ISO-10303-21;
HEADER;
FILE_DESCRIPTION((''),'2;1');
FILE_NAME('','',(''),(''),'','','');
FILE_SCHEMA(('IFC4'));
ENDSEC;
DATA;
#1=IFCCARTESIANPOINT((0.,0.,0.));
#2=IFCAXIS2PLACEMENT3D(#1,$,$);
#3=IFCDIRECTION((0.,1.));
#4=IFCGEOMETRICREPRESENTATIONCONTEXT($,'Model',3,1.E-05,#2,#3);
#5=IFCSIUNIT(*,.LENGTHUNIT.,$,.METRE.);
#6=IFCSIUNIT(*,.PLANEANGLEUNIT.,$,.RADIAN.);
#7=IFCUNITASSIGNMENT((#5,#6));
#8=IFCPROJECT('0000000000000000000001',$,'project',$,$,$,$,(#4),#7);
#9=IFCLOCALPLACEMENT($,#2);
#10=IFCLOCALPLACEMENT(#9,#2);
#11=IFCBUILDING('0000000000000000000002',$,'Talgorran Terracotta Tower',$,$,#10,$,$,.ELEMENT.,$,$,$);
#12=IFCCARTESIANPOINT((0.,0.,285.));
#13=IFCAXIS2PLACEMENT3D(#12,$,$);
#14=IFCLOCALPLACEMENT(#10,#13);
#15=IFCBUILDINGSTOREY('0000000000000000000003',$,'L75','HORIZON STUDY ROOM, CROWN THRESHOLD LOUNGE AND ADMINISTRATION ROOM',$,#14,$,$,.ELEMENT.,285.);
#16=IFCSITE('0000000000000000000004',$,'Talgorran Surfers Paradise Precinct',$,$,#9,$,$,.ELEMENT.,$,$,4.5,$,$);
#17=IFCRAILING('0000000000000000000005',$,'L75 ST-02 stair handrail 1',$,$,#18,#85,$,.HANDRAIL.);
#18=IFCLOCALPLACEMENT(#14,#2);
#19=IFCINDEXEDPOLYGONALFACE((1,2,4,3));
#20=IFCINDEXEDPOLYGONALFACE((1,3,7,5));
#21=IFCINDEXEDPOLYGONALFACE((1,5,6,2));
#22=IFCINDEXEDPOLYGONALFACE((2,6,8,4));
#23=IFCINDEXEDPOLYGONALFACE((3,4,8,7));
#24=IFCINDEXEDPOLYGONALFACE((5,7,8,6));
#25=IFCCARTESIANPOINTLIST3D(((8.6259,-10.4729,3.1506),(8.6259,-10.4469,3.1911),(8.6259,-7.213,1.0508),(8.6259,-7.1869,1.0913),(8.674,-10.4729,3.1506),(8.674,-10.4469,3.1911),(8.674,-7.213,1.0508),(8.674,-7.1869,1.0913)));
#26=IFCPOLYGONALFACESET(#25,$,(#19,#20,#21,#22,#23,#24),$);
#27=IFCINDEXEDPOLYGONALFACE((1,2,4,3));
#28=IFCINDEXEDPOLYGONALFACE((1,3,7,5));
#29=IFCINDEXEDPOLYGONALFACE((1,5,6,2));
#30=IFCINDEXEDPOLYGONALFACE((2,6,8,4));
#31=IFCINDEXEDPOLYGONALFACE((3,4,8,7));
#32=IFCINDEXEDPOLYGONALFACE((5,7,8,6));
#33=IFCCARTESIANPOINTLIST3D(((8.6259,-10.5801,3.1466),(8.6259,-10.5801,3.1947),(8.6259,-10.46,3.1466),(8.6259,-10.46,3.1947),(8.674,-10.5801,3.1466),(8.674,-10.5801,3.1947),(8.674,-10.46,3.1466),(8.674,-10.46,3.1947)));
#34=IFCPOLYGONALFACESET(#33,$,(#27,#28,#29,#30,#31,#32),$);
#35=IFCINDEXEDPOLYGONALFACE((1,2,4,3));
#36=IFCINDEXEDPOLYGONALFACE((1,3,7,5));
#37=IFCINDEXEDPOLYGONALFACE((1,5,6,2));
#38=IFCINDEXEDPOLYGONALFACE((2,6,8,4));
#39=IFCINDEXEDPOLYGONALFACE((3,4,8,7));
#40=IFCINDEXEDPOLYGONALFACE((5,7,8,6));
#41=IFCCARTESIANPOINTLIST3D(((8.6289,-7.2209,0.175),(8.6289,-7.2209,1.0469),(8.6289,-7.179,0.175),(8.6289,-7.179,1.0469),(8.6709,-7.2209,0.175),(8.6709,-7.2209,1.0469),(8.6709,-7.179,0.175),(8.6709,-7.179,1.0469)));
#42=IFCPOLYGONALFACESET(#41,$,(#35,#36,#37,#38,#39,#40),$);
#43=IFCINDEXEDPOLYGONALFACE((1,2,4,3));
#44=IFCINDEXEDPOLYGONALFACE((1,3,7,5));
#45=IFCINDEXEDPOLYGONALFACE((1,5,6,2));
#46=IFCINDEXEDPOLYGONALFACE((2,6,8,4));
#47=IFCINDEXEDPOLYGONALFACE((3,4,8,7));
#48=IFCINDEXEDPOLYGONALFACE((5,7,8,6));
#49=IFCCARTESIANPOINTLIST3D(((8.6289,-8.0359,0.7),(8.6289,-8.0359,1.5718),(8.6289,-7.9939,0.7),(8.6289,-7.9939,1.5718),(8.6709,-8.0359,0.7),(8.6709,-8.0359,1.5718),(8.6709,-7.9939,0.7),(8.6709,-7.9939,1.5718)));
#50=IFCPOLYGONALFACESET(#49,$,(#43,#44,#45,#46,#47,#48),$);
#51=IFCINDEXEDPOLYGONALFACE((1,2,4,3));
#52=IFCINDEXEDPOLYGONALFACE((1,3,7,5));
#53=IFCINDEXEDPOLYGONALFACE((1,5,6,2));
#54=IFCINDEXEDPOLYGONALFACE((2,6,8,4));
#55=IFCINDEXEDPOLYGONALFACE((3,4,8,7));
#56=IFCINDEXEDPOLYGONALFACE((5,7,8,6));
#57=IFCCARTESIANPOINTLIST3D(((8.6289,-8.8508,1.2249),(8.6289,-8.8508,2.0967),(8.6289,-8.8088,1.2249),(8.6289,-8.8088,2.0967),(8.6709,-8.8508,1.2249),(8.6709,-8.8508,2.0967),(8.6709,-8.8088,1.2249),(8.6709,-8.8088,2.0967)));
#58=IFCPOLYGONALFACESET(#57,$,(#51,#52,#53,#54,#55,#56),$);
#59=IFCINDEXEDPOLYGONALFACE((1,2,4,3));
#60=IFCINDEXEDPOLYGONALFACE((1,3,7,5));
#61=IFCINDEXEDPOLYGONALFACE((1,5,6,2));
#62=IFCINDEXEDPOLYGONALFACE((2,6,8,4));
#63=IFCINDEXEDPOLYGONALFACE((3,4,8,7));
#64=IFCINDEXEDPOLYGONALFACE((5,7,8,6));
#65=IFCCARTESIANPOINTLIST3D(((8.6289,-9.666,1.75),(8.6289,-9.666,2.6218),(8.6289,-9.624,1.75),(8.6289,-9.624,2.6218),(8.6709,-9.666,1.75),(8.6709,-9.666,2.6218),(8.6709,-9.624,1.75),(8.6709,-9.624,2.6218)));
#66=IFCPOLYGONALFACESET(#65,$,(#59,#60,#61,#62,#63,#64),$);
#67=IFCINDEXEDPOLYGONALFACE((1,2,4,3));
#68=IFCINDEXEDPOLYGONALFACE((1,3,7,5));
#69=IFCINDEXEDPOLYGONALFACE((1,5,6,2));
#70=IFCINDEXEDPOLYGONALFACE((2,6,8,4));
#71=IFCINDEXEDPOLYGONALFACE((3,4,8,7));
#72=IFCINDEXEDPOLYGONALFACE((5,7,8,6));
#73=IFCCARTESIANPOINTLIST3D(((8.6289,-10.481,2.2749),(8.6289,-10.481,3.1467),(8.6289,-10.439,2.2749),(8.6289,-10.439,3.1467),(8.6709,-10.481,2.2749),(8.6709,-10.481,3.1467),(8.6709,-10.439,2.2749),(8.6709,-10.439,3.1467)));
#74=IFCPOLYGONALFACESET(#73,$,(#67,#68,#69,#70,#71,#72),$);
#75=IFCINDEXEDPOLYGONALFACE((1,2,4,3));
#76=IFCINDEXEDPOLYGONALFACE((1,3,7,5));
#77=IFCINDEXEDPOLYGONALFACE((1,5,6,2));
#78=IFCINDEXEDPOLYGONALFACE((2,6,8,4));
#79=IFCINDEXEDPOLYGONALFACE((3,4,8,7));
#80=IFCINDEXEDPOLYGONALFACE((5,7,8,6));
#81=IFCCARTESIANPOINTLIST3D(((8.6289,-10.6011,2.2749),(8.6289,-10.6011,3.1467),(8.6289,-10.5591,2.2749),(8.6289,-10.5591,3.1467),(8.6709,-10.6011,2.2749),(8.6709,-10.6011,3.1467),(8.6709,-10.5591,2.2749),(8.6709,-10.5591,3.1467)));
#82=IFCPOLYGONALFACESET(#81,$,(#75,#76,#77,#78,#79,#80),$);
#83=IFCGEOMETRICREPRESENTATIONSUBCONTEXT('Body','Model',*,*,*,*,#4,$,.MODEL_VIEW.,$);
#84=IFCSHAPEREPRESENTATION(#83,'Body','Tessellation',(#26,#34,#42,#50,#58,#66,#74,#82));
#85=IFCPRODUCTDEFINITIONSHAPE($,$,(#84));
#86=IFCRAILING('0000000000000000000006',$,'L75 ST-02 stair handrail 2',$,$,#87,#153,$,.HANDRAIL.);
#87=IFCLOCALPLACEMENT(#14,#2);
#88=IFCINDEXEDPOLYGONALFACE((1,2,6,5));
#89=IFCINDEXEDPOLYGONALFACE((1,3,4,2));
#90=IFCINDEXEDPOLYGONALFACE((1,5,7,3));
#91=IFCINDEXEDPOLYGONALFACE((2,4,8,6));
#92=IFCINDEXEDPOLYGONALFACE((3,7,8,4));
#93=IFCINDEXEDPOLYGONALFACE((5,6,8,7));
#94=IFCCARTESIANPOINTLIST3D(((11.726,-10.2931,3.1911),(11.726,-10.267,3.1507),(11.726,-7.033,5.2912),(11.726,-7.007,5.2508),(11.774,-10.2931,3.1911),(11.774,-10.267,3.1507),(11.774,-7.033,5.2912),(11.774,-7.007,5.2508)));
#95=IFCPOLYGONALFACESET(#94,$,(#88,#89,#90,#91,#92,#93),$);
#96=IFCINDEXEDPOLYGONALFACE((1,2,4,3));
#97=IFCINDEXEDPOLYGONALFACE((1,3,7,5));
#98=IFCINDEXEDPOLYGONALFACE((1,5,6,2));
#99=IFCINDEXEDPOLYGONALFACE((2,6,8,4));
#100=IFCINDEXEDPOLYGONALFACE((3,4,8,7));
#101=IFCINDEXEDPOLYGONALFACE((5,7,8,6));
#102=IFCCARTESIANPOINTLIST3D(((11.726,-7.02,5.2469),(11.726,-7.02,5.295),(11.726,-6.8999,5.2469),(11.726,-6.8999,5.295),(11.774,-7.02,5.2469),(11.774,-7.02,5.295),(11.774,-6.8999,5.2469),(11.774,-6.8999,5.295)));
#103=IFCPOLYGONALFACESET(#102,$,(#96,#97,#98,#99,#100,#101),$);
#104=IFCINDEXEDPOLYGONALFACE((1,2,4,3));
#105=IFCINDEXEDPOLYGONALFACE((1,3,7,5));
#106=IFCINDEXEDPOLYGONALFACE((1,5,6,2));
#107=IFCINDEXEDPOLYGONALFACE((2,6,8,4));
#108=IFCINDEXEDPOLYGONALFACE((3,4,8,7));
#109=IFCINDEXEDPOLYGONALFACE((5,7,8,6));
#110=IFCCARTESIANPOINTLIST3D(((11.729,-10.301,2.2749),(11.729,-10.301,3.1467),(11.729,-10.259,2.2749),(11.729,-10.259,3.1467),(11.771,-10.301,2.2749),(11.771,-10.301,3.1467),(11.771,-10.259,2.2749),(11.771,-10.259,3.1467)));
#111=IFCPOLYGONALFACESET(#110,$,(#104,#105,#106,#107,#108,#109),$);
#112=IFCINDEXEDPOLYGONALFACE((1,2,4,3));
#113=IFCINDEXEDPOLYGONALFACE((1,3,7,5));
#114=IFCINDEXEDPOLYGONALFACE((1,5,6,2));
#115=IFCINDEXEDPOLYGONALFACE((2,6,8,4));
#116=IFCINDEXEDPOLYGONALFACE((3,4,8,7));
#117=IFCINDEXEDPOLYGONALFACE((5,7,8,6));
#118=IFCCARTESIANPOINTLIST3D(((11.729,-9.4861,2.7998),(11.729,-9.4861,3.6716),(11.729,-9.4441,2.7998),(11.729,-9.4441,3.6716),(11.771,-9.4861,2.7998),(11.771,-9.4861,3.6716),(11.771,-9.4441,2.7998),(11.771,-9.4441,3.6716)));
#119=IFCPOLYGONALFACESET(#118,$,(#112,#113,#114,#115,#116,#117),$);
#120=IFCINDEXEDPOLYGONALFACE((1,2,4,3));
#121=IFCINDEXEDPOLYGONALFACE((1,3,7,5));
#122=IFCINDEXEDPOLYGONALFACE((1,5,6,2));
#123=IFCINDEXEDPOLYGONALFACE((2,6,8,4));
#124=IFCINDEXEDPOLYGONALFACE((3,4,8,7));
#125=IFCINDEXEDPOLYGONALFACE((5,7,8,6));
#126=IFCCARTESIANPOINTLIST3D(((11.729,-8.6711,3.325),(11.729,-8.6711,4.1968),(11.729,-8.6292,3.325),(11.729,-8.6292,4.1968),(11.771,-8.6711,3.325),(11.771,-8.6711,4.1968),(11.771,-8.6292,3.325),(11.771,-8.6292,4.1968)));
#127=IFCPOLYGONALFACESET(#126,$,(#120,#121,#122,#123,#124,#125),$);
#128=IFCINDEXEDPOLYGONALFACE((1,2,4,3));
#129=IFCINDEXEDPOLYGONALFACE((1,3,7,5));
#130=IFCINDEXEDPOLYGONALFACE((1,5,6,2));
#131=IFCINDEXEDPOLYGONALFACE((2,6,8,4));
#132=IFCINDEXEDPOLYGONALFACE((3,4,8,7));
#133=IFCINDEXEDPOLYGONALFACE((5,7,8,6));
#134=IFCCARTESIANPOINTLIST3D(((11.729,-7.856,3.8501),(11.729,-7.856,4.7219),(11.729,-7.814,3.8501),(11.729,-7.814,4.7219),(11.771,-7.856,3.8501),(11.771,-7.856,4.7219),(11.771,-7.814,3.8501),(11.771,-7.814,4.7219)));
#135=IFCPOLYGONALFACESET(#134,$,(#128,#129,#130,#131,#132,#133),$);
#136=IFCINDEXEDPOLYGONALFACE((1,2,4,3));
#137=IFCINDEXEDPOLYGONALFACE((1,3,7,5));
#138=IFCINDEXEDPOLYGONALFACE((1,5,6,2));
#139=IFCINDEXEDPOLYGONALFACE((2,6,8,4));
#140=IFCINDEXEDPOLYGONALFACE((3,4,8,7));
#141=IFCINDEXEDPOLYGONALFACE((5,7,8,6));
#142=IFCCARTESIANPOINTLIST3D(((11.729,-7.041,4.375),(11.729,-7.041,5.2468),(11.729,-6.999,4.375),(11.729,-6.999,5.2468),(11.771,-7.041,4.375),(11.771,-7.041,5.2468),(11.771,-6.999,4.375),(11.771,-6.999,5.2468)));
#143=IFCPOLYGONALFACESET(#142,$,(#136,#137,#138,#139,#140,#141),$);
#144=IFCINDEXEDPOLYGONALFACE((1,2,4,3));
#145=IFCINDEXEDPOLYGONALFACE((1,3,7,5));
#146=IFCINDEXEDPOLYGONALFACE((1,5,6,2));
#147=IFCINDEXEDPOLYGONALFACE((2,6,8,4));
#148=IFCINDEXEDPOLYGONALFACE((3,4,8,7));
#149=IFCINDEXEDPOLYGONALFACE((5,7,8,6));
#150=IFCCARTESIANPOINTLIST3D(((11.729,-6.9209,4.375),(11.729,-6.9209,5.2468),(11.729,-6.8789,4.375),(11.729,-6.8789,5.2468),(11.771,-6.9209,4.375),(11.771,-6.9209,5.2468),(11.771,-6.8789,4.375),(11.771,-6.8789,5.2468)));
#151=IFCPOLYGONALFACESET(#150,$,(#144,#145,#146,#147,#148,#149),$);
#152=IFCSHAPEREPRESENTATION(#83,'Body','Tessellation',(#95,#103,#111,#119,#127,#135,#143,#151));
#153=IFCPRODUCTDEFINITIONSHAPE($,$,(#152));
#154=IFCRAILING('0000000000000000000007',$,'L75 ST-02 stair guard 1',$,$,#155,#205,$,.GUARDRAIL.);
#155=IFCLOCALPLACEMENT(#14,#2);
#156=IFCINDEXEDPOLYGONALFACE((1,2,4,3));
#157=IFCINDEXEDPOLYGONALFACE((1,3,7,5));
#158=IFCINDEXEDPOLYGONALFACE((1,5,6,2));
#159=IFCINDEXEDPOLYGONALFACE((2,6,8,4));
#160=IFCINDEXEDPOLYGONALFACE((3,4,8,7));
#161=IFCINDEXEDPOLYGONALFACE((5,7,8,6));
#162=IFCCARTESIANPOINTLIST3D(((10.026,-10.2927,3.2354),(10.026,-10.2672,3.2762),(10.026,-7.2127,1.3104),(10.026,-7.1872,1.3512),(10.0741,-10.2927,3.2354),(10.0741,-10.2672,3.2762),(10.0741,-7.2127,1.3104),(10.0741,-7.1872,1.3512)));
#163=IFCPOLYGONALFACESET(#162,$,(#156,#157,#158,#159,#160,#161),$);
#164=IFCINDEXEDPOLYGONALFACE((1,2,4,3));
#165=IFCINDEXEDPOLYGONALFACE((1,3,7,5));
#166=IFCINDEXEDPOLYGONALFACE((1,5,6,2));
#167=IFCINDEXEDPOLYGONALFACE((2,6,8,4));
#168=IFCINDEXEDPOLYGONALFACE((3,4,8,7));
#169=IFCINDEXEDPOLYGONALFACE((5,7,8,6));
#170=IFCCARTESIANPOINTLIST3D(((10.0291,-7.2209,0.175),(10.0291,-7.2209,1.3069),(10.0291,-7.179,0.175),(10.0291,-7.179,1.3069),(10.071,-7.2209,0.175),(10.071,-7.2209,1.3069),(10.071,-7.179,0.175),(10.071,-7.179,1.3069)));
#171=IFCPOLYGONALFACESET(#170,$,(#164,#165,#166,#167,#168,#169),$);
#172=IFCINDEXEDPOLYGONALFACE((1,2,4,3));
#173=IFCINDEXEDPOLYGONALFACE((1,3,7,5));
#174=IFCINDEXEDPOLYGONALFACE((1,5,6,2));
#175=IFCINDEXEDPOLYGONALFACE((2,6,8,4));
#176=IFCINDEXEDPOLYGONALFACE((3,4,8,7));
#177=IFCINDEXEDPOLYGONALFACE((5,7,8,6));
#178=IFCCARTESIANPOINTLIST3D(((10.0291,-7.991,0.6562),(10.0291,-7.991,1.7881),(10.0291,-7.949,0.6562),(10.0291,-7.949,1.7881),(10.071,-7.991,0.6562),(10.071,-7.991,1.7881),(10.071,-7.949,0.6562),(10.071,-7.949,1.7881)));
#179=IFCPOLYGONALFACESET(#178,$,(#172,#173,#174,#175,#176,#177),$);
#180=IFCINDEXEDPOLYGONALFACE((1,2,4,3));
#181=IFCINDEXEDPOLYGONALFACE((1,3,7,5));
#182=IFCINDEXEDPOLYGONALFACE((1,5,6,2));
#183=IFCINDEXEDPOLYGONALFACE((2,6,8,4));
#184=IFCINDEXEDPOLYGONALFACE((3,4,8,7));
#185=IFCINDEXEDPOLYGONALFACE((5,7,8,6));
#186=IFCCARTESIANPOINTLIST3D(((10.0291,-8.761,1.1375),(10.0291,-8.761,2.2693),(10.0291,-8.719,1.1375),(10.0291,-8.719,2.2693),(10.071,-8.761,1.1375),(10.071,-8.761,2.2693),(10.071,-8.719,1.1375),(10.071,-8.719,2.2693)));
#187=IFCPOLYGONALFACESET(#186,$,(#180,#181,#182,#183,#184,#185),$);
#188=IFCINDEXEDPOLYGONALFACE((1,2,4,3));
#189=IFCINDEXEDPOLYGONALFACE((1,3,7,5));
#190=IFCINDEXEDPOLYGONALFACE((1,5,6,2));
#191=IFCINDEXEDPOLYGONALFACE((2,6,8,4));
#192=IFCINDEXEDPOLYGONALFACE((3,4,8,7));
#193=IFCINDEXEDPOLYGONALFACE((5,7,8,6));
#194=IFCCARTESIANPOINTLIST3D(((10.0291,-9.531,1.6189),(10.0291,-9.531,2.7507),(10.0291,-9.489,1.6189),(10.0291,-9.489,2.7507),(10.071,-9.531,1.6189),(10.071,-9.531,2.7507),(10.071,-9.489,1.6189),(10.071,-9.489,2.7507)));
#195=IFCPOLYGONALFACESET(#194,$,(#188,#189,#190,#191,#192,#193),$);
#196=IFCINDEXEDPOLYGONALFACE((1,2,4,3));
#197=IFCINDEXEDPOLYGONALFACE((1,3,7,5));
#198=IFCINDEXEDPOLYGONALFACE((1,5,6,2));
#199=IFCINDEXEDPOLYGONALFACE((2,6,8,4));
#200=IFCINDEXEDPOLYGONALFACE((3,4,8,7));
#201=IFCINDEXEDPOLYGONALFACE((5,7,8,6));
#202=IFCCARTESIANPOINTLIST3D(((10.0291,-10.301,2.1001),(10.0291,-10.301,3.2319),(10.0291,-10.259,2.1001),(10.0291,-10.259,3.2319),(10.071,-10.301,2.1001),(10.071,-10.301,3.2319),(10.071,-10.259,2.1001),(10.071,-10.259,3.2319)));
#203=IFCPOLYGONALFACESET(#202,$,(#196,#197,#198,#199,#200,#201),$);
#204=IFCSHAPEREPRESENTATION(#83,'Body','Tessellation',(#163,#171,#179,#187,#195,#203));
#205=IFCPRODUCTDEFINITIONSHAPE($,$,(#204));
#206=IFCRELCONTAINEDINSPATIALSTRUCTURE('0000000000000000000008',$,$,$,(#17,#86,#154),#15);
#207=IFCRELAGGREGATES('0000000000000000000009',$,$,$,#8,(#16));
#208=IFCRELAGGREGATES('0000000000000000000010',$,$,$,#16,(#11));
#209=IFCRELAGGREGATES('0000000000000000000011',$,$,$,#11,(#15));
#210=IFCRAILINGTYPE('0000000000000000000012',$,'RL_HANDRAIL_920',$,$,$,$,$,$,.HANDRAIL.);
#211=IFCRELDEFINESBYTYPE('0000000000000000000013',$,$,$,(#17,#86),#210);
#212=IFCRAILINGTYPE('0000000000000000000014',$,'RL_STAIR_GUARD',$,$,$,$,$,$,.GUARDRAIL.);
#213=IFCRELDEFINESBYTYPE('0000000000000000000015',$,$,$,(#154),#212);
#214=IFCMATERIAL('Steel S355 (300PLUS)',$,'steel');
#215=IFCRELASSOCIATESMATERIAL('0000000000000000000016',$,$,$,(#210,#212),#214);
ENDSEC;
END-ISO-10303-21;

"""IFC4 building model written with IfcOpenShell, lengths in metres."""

from ifc_helpers import new_model, si_unit, direction, frame, origin, origin_2d, place, context, subcontext, project, spatial, rectangle, extrude, material, type_object, element, save


model = new_model("IFC4")

# Units and contexts
model_context = context("Model", 3, precision=1e-05, world=origin(), true_north=direction((0.0, 1.0)))
body_context = subcontext(model_context, "Body", "Model", "MODEL_VIEW")
ifc_project = project(units=[si_unit("LENGTHUNIT", "METRE"), si_unit("PLANEANGLEUNIT", "RADIAN")], contexts=[model_context])

# Site, building, storey
site_placement = place(None, origin())
site = spatial("IfcSite", under=ifc_project, at=site_placement, Name="Talgorran Surfers Paradise Precinct", CompositionType="ELEMENT", RefElevation=4.5)
building_placement = place(site_placement, origin())
building = spatial("IfcBuilding", under=site, at=building_placement, Name="Talgorran Terracotta Tower", CompositionType="ELEMENT")
storey_placement = place(building_placement, frame((0.0, 0.0, 285.0)))
storey = spatial("IfcBuildingStorey", under=building, at=storey_placement, Name="L75", Description="HORIZON STUDY ROOM, CROWN THRESHOLD LOUNGE AND ADMINISTRATION ROOM", CompositionType="ELEMENT", Elevation=285.0)

# Shared definitions
ifc_material_1 = material(Name="Steel S355 (300PLUS)", Category="steel")

# Railings
railing_type_1 = type_object("IfcRailingType", Name="RL_HANDRAIL_920", PredefinedType="HANDRAIL", material=ifc_material_1)
railing_1_placement = place(storey_placement, frame((8.6499, -7.2, 0.175)))
element("IfcRailing", 1, at=railing_1_placement, inside=storey, type_object=railing_type_1, Name="L75 ST-02 stair handrail 1", PredefinedType="HANDRAIL", context=body_context, shape_type="SweptSolid", body=[
    extrude(rectangle(XDim=0.0481, YDim=0.0481, at=origin_2d()), frame((0.0, 0.0, 0.896), z_axis=(0.0, -0.840693, 0.541512), x_axis=(1.0, 0.0, 0.0)), (0.0, 0.0, 1.0), 3.8777),
    extrude(rectangle(XDim=0.0481, YDim=0.0481, at=origin_2d()), frame((0.0, -3.26, 2.9956), z_axis=(0.0, -1.0, 0.0), x_axis=(1.0, 0.0, 0.0)), (0.0, 0.0, 1.0), 0.1201),
    extrude(rectangle(XDim=0.042, YDim=0.042, at=origin_2d()), origin(), (0.0, 0.0, 1.0), 0.8718),
    extrude(rectangle(XDim=0.042, YDim=0.042, at=origin_2d()), frame((0.0, -0.8149, 0.5249)), (0.0, 0.0, 1.0), 0.8718),
    extrude(rectangle(XDim=0.042, YDim=0.042, at=origin_2d()), frame((0.0, -1.6299, 1.0498)), (0.0, 0.0, 1.0), 0.8718),
    extrude(rectangle(XDim=0.042, YDim=0.042, at=origin_2d()), frame((0.0, -2.4451, 1.575)), (0.0, 0.0, 1.0), 0.8718),
    extrude(rectangle(XDim=0.042, YDim=0.042, at=origin_2d()), frame((0.0, -3.26, 2.0999)), (0.0, 0.0, 1.0), 0.8718),
    extrude(rectangle(XDim=0.042, YDim=0.042, at=origin_2d()), frame((0.0, -3.3801, 2.0999)), (0.0, 0.0, 1.0), 0.8718),
])
railing_2_placement = place(storey_placement, frame((11.75, -10.28, 2.2749)))
element("IfcRailing", 2, at=railing_2_placement, inside=storey, type_object=railing_type_1, Name="L75 ST-02 stair handrail 2", PredefinedType="HANDRAIL", context=body_context, shape_type="SweptSolid", body=[
    extrude(rectangle(XDim=0.0481, YDim=0.0481, at=origin_2d()), frame((0.0, 0.0, 0.896), z_axis=(0.0, 0.840665, 0.541556), x_axis=(-1.0, 0.0, 0.0)), (0.0, 0.0, 1.0), 3.8779),
    extrude(rectangle(XDim=0.0481, YDim=0.0481, at=origin_2d()), frame((0.0, 3.26, 2.9961), z_axis=(0.0, 1.0, 0.0), x_axis=(-1.0, 0.0, 0.0)), (0.0, 0.0, 1.0), 0.1201),
    extrude(rectangle(XDim=0.042, YDim=0.042, at=origin_2d()), origin(), (0.0, 0.0, 1.0), 0.8718),
    extrude(rectangle(XDim=0.042, YDim=0.042, at=origin_2d()), frame((0.0, 0.8149, 0.5249)), (0.0, 0.0, 1.0), 0.8718),
    extrude(rectangle(XDim=0.042, YDim=0.042, at=origin_2d()), frame((0.0, 1.6299, 1.05)), (0.0, 0.0, 1.0), 0.8718),
    extrude(rectangle(XDim=0.042, YDim=0.042, at=origin_2d()), frame((0.0, 2.4451, 1.5752)), (0.0, 0.0, 1.0), 0.8718),
    extrude(rectangle(XDim=0.042, YDim=0.042, at=origin_2d()), frame((0.0, 3.26, 2.1001)), (0.0, 0.0, 1.0), 0.8718),
    extrude(rectangle(XDim=0.042, YDim=0.042, at=origin_2d()), frame((0.0, 3.3801, 2.1001)), (0.0, 0.0, 1.0), 0.8718),
])
railing_type_2 = type_object("IfcRailingType", Name="RL_STAIR_GUARD", PredefinedType="GUARDRAIL", material=ifc_material_1)
railing_3_placement = place(storey_placement, frame((10.05, -7.2, 0.175)))
element("IfcRailing", 3, at=railing_3_placement, inside=storey, type_object=railing_type_2, Name="L75 ST-02 stair guard 1", PredefinedType="GUARDRAIL", context=body_context, shape_type="SweptSolid", body=[
    extrude(rectangle(XDim=0.0481, YDim=0.0481, at=origin_2d()), frame((0.0, 0.0, 1.1558), z_axis=(0.0, -0.847998, 0.529999), x_axis=(1.0, 0.0, 0.0)), (0.0, 0.0, 1.0), 3.6321),
    extrude(rectangle(XDim=0.042, YDim=0.042, at=origin_2d()), origin(), (0.0, 0.0, 1.0), 1.1318),
    extrude(rectangle(XDim=0.042, YDim=0.042, at=origin_2d()), frame((0.0, -0.77, 0.4812)), (0.0, 0.0, 1.0), 1.1318),
    extrude(rectangle(XDim=0.042, YDim=0.042, at=origin_2d()), frame((0.0, -1.54, 0.9624)), (0.0, 0.0, 1.0), 1.1318),
    extrude(rectangle(XDim=0.042, YDim=0.042, at=origin_2d()), frame((0.0, -2.3101, 1.4438)), (0.0, 0.0, 1.0), 1.1318),
    extrude(rectangle(XDim=0.042, YDim=0.042, at=origin_2d()), frame((0.0, -3.0801, 1.925)), (0.0, 0.0, 1.0), 1.1318),
])

save(model, "model.ifc")
